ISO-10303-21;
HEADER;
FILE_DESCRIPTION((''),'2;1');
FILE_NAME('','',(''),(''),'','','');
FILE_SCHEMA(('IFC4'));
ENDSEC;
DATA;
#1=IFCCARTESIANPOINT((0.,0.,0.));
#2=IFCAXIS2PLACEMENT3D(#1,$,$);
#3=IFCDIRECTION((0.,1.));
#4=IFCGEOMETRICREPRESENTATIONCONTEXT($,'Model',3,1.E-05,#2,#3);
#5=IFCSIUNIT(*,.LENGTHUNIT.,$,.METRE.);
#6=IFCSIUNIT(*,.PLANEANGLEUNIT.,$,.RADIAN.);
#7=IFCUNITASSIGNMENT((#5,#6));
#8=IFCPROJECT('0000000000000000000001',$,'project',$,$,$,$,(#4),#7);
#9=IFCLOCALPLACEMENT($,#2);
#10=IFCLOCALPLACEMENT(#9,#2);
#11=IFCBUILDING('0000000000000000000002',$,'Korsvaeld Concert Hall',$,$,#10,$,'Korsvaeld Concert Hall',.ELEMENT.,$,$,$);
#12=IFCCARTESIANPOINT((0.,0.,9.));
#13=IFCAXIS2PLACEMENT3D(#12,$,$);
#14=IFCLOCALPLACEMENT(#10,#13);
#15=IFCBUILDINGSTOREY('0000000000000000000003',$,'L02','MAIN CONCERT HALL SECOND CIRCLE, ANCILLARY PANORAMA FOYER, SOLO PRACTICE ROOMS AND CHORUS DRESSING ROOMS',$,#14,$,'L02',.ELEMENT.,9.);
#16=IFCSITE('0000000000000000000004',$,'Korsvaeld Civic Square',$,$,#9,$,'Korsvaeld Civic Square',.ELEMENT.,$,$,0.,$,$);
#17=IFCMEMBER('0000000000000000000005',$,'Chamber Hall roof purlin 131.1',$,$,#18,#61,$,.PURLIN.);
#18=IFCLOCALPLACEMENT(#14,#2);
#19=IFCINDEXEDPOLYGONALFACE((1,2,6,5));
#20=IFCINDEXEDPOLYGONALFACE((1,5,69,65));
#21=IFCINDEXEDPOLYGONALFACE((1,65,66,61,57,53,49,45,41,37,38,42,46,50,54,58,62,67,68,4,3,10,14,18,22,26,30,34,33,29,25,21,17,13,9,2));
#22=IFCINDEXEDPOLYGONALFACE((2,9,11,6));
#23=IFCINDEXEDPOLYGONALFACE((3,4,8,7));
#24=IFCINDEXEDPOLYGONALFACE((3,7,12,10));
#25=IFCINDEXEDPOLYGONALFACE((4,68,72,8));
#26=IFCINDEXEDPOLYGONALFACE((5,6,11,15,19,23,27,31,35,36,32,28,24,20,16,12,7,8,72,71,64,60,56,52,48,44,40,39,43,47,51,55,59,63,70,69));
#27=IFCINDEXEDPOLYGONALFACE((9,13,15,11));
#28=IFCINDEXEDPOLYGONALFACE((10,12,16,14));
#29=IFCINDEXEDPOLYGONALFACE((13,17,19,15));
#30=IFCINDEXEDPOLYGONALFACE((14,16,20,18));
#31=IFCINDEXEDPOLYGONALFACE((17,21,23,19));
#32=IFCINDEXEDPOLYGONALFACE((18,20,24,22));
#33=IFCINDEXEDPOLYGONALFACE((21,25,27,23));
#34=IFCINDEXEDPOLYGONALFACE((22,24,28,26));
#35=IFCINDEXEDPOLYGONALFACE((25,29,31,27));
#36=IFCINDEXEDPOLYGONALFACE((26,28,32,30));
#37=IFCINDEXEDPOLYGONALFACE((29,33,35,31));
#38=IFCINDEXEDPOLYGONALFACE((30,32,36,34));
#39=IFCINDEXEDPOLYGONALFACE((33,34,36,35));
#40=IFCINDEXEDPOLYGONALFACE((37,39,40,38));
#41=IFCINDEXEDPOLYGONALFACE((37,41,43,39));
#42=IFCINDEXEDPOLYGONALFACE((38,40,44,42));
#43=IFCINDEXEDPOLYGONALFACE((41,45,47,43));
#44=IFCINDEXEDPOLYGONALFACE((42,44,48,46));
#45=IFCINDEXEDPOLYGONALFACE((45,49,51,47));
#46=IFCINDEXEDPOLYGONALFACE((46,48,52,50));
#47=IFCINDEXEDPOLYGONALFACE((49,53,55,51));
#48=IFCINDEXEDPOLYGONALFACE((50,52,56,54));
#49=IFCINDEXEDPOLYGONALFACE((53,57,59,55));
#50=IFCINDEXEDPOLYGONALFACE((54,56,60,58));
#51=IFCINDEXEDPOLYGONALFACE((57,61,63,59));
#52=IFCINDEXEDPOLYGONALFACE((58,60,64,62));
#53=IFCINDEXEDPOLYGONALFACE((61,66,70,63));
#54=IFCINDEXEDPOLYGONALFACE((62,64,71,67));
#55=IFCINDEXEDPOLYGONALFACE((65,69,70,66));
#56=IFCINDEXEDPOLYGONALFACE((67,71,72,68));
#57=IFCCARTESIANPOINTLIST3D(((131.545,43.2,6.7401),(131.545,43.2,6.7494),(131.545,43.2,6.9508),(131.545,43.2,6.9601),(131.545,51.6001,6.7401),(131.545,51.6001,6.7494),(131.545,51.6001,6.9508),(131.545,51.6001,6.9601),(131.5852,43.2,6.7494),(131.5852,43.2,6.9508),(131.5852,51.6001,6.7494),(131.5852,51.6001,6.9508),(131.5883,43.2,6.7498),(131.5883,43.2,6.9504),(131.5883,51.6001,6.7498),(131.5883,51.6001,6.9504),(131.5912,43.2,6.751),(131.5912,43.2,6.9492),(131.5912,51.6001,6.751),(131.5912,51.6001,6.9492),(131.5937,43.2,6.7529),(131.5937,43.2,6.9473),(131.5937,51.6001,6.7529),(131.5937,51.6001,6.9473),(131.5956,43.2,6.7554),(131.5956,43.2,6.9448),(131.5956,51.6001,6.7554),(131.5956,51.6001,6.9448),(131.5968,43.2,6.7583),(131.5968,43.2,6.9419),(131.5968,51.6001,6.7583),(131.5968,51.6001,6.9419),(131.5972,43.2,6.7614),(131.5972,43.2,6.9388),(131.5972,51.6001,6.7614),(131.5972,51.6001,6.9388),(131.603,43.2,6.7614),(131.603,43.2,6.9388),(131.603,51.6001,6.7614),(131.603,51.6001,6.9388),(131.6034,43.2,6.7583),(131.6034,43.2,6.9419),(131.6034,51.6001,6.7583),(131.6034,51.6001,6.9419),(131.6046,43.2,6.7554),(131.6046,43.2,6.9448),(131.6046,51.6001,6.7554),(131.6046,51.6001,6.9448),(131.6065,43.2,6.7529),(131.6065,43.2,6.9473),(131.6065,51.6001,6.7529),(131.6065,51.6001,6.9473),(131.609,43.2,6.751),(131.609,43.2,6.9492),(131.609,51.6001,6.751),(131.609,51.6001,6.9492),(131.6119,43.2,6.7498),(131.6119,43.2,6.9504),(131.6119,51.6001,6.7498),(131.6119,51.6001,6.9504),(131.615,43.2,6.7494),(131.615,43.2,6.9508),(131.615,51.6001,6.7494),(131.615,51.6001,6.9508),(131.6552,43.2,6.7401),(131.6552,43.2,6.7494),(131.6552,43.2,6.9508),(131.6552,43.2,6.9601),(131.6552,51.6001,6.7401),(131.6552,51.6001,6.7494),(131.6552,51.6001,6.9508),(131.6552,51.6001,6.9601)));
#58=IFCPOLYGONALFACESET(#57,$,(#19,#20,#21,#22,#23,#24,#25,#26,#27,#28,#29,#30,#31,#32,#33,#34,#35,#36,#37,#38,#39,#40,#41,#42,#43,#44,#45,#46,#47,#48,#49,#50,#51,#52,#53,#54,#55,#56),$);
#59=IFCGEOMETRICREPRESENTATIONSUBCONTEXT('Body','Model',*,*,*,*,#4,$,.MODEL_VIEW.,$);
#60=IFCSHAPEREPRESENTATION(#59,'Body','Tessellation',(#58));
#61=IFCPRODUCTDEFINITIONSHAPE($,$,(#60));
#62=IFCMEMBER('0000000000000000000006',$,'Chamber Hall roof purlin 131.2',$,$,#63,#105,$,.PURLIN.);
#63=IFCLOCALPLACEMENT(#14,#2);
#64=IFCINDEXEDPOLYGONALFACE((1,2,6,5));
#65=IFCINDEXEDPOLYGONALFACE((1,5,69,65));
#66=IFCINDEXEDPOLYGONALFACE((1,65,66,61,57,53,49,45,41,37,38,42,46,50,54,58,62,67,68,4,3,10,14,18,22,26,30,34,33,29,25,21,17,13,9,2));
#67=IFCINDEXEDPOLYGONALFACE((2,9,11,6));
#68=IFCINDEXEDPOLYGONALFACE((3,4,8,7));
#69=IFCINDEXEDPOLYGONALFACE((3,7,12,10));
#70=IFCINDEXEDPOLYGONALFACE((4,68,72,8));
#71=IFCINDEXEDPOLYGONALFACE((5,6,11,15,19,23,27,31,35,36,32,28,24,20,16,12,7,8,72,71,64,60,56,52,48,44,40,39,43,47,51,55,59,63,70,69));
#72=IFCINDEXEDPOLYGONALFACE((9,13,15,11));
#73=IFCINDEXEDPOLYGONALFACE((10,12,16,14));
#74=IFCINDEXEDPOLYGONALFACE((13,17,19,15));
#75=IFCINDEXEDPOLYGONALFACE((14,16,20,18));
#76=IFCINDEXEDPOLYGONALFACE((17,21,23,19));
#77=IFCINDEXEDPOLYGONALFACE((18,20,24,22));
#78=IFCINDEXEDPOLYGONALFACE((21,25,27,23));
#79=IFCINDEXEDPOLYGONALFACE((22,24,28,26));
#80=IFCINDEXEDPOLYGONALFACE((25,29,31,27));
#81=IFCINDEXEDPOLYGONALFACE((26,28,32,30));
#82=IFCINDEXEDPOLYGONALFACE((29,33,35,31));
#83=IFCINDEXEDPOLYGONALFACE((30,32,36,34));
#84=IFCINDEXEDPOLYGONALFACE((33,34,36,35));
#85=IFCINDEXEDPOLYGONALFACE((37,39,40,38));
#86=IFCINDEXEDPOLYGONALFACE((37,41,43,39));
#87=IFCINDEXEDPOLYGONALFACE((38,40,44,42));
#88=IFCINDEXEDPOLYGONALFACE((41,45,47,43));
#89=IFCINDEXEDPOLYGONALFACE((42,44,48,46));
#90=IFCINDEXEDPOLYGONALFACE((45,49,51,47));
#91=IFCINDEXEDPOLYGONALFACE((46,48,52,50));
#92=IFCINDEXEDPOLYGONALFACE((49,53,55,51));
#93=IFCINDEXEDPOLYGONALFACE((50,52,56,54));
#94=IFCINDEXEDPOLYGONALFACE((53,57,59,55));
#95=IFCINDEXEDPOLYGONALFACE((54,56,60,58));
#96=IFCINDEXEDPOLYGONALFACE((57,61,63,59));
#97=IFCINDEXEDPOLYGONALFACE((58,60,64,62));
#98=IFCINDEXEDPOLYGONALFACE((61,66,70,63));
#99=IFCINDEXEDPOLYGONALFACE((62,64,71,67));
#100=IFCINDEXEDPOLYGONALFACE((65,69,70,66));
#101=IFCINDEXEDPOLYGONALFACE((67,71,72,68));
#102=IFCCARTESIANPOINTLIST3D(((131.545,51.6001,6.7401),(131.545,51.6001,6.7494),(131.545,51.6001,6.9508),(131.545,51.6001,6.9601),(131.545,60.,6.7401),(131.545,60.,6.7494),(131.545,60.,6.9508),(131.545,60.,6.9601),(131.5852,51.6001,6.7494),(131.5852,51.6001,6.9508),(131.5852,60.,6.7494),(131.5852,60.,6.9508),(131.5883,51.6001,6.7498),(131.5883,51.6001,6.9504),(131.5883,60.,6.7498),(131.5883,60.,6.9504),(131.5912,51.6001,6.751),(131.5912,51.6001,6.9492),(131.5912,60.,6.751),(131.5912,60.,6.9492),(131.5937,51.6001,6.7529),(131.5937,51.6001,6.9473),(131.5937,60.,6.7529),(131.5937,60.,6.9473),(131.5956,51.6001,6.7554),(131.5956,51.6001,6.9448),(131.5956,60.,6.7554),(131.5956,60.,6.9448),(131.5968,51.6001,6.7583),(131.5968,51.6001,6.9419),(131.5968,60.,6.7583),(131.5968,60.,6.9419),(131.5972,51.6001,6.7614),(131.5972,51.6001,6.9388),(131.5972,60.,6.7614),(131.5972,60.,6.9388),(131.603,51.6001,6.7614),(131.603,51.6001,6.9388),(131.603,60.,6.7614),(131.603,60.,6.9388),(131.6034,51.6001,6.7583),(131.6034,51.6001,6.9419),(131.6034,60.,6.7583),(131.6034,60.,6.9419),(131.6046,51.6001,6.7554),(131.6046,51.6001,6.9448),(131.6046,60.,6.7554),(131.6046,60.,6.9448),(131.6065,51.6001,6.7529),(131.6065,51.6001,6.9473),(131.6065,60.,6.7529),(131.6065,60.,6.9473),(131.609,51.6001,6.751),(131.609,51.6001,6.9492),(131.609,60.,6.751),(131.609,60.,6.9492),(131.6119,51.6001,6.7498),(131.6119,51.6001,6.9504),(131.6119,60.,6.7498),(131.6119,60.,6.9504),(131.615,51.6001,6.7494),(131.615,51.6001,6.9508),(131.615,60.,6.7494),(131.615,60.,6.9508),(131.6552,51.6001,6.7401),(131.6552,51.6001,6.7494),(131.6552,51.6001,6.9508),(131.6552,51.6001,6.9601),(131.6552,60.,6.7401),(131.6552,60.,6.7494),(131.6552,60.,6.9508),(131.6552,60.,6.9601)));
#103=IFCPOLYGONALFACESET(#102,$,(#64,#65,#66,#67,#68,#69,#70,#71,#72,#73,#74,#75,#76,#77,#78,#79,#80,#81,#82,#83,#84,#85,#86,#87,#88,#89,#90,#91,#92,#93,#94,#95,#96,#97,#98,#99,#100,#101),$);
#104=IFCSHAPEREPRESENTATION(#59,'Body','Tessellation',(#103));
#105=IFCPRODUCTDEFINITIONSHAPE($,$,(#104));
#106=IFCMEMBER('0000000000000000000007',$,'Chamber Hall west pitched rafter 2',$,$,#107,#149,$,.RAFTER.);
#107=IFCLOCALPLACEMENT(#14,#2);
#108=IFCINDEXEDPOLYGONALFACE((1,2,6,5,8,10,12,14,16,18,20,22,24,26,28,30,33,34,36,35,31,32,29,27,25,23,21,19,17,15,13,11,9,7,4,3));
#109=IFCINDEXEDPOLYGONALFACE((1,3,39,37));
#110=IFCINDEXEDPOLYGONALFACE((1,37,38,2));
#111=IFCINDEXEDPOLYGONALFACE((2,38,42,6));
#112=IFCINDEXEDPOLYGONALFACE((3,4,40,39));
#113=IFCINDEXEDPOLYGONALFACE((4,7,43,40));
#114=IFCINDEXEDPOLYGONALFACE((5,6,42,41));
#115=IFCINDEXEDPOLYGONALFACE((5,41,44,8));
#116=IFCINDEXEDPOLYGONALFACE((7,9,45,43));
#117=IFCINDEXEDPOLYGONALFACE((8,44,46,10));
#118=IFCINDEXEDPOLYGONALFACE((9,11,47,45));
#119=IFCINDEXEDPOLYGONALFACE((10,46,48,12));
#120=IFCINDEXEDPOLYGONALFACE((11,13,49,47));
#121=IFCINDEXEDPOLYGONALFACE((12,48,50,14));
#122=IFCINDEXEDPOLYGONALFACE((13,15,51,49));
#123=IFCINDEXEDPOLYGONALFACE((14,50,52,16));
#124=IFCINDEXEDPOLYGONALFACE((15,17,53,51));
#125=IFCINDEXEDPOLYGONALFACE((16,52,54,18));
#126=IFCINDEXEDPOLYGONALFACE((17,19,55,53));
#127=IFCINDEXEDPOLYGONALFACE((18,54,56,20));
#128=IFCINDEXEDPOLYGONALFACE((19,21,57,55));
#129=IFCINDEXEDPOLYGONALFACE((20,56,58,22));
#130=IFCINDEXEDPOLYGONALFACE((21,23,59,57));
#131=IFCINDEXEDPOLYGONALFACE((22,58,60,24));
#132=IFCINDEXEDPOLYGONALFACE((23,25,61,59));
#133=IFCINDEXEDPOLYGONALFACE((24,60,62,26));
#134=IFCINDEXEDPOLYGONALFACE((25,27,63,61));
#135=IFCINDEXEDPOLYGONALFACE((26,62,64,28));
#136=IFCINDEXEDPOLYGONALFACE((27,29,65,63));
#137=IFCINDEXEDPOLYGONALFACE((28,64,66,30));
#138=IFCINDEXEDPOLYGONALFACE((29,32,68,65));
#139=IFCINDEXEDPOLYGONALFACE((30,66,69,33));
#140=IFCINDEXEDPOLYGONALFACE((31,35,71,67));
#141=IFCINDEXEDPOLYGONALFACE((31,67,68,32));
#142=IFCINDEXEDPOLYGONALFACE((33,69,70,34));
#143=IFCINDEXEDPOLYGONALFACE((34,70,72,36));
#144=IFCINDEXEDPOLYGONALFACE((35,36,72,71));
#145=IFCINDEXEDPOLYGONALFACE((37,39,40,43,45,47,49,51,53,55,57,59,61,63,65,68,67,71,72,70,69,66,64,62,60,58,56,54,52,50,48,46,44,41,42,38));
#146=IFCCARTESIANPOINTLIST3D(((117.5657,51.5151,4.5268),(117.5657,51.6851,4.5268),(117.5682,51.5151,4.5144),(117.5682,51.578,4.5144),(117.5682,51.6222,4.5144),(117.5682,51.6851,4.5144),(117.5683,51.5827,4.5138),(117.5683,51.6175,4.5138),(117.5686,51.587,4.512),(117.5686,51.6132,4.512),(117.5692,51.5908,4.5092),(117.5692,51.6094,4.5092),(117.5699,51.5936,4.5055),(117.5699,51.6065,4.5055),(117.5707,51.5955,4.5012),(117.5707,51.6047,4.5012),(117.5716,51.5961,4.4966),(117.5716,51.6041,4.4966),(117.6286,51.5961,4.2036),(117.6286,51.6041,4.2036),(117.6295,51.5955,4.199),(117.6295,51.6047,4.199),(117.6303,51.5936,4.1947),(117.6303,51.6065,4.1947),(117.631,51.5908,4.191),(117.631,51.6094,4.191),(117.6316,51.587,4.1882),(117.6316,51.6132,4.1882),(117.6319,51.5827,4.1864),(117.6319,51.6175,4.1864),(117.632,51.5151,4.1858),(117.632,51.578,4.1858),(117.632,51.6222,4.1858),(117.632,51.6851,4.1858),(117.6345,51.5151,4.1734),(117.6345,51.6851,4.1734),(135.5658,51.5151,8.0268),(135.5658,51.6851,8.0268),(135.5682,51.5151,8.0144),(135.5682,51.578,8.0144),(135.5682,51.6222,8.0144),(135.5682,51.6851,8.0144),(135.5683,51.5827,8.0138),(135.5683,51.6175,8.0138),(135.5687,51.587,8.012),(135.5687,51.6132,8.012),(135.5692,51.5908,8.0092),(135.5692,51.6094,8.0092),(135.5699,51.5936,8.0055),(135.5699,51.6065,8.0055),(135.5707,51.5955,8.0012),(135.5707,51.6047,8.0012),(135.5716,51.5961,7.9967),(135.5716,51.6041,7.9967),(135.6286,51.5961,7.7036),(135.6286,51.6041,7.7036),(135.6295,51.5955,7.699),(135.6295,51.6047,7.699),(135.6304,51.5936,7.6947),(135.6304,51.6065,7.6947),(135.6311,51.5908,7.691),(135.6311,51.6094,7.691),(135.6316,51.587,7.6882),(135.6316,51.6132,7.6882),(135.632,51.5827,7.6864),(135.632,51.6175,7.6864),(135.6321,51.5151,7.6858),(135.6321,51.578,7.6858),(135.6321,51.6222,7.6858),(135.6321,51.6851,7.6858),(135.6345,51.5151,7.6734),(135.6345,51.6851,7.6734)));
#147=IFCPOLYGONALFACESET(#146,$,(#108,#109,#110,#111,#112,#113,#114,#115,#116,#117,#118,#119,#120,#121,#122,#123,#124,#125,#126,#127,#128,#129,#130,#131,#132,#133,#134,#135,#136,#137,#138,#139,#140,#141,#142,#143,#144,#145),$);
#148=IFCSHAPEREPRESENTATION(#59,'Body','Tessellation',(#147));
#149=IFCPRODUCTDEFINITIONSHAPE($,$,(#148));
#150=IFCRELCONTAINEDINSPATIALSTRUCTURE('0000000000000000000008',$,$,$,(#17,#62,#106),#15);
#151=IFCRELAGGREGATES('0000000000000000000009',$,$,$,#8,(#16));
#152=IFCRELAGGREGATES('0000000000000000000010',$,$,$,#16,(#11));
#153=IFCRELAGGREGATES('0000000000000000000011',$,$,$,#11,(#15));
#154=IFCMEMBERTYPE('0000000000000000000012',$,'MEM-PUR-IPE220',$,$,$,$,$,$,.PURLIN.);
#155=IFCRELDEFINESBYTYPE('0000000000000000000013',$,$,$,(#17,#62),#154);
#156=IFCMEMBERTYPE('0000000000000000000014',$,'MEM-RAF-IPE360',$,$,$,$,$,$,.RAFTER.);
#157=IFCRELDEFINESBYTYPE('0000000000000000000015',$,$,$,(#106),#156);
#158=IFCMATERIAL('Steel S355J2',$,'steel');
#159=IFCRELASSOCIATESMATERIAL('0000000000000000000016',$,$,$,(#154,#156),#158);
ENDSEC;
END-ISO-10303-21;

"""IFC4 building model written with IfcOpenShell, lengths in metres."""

from ifc_helpers import new_model, si_unit, direction, frame, origin, origin_2d, place, context, subcontext, project, spatial, i_section, extrude, material, material_profile, profile_set, type_object, element, save


model = new_model("IFC4")

# Units and contexts
model_context = context("Model", 3, precision=1e-05, world=origin(), true_north=direction((0.0, 1.0)))
body_context = subcontext(model_context, "Body", "Model", "MODEL_VIEW")
ifc_project = project(units=[si_unit("LENGTHUNIT", "METRE"), si_unit("PLANEANGLEUNIT", "RADIAN")], contexts=[model_context])

# Site, building, storey
site_placement = place(None, origin())
site = spatial("IfcSite", under=ifc_project, at=site_placement, Name="Korsvaeld Civic Square", LongName="Korsvaeld Civic Square", CompositionType="ELEMENT", RefElevation=0.0)
building_placement = place(site_placement, origin())
building = spatial("IfcBuilding", under=site, at=building_placement, Name="Korsvaeld Concert Hall", LongName="Korsvaeld Concert Hall", CompositionType="ELEMENT")
storey_placement = place(building_placement, frame((0.0, 0.0, 9.0)))
storey = spatial("IfcBuildingStorey", under=building, at=storey_placement, Name="L02", Description="MAIN CONCERT HALL SECOND CIRCLE, ANCILLARY PANORAMA FOYER, SOLO PRACTICE ROOMS AND CHORUS DRESSING ROOMS", LongName="L02", CompositionType="ELEMENT", Elevation=9.0)

# Members
ifc_material_1 = material(Name="Steel S355J2", Category="steel")
ifc_material_profile_1 = material_profile(ifc_material_1, i_section(OverallWidth=0.1101, OverallDepth=0.22, WebThickness=0.0059, FlangeThickness=0.0093, FilletRadius=0.012, at=origin_2d()), Name="IPE 220")
ifc_profile_set_1 = profile_set([ifc_material_profile_1], Name="Steel S355J2")
member_type_1 = type_object("IfcMemberType", Name="MEM-PUR-IPE220", PredefinedType="PURLIN", material=ifc_profile_set_1)
member_1_placement = place(storey_placement, frame((131.6001, 43.2, 6.8501), z_axis=(0.0, 1.0, 0.0), x_axis=(-1.0, 0.0, 0.0)))
element("IfcMember", 1, at=member_1_placement, inside=storey, type_object=member_type_1, Name="Chamber Hall roof purlin 131.1", PredefinedType="PURLIN", context=body_context, shape_type="SweptSolid", body=[
    extrude(i_section(OverallWidth=0.1101, OverallDepth=0.22, WebThickness=0.0059, FlangeThickness=0.0093, FilletRadius=0.012, at=origin_2d()), origin(), (0.0, 0.0, 1.0), 8.4001),
])
member_2_placement = place(storey_placement, frame((131.6001, 51.6001, 6.8501), z_axis=(0.0, 1.0, 0.0), x_axis=(-1.0, 0.0, 0.0)))
element("IfcMember", 2, at=member_2_placement, inside=storey, type_object=member_type_1, Name="Chamber Hall roof purlin 131.2", PredefinedType="PURLIN", context=body_context, shape_type="SweptSolid", body=[
    extrude(i_section(OverallWidth=0.1101, OverallDepth=0.22, WebThickness=0.0059, FlangeThickness=0.0093, FilletRadius=0.012, at=origin_2d()), origin(), (0.0, 0.0, 1.0), 8.3999),
])
ifc_material_profile_2 = material_profile(ifc_material_1, i_section(OverallWidth=0.1699, OverallDepth=0.3601, WebThickness=0.0081, FlangeThickness=0.0127, FilletRadius=0.0181, at=origin_2d()), Name="IPE 360")
ifc_profile_set_2 = profile_set([ifc_material_profile_2], Name="Steel S355J2")
member_type_2 = type_object("IfcMemberType", Name="MEM-RAF-IPE360", PredefinedType="RAFTER", material=ifc_profile_set_2)
member_3_placement = place(storey_placement, frame((117.6001, 51.6001, 4.3501), z_axis=(0.981615, 0.0, 0.19087), x_axis=(0.0, 1.0, 0.0)))
element("IfcMember", 3, at=member_3_placement, inside=storey, type_object=member_type_2, Name="Chamber Hall west pitched rafter 2", PredefinedType="RAFTER", context=body_context, shape_type="SweptSolid", body=[
    extrude(i_section(OverallWidth=0.1699, OverallDepth=0.3601, WebThickness=0.0081, FlangeThickness=0.0127, FilletRadius=0.0181, at=origin_2d()), origin(), (0.0, 0.0, 1.0), 18.3372),
])

save(model, "model.ifc")
